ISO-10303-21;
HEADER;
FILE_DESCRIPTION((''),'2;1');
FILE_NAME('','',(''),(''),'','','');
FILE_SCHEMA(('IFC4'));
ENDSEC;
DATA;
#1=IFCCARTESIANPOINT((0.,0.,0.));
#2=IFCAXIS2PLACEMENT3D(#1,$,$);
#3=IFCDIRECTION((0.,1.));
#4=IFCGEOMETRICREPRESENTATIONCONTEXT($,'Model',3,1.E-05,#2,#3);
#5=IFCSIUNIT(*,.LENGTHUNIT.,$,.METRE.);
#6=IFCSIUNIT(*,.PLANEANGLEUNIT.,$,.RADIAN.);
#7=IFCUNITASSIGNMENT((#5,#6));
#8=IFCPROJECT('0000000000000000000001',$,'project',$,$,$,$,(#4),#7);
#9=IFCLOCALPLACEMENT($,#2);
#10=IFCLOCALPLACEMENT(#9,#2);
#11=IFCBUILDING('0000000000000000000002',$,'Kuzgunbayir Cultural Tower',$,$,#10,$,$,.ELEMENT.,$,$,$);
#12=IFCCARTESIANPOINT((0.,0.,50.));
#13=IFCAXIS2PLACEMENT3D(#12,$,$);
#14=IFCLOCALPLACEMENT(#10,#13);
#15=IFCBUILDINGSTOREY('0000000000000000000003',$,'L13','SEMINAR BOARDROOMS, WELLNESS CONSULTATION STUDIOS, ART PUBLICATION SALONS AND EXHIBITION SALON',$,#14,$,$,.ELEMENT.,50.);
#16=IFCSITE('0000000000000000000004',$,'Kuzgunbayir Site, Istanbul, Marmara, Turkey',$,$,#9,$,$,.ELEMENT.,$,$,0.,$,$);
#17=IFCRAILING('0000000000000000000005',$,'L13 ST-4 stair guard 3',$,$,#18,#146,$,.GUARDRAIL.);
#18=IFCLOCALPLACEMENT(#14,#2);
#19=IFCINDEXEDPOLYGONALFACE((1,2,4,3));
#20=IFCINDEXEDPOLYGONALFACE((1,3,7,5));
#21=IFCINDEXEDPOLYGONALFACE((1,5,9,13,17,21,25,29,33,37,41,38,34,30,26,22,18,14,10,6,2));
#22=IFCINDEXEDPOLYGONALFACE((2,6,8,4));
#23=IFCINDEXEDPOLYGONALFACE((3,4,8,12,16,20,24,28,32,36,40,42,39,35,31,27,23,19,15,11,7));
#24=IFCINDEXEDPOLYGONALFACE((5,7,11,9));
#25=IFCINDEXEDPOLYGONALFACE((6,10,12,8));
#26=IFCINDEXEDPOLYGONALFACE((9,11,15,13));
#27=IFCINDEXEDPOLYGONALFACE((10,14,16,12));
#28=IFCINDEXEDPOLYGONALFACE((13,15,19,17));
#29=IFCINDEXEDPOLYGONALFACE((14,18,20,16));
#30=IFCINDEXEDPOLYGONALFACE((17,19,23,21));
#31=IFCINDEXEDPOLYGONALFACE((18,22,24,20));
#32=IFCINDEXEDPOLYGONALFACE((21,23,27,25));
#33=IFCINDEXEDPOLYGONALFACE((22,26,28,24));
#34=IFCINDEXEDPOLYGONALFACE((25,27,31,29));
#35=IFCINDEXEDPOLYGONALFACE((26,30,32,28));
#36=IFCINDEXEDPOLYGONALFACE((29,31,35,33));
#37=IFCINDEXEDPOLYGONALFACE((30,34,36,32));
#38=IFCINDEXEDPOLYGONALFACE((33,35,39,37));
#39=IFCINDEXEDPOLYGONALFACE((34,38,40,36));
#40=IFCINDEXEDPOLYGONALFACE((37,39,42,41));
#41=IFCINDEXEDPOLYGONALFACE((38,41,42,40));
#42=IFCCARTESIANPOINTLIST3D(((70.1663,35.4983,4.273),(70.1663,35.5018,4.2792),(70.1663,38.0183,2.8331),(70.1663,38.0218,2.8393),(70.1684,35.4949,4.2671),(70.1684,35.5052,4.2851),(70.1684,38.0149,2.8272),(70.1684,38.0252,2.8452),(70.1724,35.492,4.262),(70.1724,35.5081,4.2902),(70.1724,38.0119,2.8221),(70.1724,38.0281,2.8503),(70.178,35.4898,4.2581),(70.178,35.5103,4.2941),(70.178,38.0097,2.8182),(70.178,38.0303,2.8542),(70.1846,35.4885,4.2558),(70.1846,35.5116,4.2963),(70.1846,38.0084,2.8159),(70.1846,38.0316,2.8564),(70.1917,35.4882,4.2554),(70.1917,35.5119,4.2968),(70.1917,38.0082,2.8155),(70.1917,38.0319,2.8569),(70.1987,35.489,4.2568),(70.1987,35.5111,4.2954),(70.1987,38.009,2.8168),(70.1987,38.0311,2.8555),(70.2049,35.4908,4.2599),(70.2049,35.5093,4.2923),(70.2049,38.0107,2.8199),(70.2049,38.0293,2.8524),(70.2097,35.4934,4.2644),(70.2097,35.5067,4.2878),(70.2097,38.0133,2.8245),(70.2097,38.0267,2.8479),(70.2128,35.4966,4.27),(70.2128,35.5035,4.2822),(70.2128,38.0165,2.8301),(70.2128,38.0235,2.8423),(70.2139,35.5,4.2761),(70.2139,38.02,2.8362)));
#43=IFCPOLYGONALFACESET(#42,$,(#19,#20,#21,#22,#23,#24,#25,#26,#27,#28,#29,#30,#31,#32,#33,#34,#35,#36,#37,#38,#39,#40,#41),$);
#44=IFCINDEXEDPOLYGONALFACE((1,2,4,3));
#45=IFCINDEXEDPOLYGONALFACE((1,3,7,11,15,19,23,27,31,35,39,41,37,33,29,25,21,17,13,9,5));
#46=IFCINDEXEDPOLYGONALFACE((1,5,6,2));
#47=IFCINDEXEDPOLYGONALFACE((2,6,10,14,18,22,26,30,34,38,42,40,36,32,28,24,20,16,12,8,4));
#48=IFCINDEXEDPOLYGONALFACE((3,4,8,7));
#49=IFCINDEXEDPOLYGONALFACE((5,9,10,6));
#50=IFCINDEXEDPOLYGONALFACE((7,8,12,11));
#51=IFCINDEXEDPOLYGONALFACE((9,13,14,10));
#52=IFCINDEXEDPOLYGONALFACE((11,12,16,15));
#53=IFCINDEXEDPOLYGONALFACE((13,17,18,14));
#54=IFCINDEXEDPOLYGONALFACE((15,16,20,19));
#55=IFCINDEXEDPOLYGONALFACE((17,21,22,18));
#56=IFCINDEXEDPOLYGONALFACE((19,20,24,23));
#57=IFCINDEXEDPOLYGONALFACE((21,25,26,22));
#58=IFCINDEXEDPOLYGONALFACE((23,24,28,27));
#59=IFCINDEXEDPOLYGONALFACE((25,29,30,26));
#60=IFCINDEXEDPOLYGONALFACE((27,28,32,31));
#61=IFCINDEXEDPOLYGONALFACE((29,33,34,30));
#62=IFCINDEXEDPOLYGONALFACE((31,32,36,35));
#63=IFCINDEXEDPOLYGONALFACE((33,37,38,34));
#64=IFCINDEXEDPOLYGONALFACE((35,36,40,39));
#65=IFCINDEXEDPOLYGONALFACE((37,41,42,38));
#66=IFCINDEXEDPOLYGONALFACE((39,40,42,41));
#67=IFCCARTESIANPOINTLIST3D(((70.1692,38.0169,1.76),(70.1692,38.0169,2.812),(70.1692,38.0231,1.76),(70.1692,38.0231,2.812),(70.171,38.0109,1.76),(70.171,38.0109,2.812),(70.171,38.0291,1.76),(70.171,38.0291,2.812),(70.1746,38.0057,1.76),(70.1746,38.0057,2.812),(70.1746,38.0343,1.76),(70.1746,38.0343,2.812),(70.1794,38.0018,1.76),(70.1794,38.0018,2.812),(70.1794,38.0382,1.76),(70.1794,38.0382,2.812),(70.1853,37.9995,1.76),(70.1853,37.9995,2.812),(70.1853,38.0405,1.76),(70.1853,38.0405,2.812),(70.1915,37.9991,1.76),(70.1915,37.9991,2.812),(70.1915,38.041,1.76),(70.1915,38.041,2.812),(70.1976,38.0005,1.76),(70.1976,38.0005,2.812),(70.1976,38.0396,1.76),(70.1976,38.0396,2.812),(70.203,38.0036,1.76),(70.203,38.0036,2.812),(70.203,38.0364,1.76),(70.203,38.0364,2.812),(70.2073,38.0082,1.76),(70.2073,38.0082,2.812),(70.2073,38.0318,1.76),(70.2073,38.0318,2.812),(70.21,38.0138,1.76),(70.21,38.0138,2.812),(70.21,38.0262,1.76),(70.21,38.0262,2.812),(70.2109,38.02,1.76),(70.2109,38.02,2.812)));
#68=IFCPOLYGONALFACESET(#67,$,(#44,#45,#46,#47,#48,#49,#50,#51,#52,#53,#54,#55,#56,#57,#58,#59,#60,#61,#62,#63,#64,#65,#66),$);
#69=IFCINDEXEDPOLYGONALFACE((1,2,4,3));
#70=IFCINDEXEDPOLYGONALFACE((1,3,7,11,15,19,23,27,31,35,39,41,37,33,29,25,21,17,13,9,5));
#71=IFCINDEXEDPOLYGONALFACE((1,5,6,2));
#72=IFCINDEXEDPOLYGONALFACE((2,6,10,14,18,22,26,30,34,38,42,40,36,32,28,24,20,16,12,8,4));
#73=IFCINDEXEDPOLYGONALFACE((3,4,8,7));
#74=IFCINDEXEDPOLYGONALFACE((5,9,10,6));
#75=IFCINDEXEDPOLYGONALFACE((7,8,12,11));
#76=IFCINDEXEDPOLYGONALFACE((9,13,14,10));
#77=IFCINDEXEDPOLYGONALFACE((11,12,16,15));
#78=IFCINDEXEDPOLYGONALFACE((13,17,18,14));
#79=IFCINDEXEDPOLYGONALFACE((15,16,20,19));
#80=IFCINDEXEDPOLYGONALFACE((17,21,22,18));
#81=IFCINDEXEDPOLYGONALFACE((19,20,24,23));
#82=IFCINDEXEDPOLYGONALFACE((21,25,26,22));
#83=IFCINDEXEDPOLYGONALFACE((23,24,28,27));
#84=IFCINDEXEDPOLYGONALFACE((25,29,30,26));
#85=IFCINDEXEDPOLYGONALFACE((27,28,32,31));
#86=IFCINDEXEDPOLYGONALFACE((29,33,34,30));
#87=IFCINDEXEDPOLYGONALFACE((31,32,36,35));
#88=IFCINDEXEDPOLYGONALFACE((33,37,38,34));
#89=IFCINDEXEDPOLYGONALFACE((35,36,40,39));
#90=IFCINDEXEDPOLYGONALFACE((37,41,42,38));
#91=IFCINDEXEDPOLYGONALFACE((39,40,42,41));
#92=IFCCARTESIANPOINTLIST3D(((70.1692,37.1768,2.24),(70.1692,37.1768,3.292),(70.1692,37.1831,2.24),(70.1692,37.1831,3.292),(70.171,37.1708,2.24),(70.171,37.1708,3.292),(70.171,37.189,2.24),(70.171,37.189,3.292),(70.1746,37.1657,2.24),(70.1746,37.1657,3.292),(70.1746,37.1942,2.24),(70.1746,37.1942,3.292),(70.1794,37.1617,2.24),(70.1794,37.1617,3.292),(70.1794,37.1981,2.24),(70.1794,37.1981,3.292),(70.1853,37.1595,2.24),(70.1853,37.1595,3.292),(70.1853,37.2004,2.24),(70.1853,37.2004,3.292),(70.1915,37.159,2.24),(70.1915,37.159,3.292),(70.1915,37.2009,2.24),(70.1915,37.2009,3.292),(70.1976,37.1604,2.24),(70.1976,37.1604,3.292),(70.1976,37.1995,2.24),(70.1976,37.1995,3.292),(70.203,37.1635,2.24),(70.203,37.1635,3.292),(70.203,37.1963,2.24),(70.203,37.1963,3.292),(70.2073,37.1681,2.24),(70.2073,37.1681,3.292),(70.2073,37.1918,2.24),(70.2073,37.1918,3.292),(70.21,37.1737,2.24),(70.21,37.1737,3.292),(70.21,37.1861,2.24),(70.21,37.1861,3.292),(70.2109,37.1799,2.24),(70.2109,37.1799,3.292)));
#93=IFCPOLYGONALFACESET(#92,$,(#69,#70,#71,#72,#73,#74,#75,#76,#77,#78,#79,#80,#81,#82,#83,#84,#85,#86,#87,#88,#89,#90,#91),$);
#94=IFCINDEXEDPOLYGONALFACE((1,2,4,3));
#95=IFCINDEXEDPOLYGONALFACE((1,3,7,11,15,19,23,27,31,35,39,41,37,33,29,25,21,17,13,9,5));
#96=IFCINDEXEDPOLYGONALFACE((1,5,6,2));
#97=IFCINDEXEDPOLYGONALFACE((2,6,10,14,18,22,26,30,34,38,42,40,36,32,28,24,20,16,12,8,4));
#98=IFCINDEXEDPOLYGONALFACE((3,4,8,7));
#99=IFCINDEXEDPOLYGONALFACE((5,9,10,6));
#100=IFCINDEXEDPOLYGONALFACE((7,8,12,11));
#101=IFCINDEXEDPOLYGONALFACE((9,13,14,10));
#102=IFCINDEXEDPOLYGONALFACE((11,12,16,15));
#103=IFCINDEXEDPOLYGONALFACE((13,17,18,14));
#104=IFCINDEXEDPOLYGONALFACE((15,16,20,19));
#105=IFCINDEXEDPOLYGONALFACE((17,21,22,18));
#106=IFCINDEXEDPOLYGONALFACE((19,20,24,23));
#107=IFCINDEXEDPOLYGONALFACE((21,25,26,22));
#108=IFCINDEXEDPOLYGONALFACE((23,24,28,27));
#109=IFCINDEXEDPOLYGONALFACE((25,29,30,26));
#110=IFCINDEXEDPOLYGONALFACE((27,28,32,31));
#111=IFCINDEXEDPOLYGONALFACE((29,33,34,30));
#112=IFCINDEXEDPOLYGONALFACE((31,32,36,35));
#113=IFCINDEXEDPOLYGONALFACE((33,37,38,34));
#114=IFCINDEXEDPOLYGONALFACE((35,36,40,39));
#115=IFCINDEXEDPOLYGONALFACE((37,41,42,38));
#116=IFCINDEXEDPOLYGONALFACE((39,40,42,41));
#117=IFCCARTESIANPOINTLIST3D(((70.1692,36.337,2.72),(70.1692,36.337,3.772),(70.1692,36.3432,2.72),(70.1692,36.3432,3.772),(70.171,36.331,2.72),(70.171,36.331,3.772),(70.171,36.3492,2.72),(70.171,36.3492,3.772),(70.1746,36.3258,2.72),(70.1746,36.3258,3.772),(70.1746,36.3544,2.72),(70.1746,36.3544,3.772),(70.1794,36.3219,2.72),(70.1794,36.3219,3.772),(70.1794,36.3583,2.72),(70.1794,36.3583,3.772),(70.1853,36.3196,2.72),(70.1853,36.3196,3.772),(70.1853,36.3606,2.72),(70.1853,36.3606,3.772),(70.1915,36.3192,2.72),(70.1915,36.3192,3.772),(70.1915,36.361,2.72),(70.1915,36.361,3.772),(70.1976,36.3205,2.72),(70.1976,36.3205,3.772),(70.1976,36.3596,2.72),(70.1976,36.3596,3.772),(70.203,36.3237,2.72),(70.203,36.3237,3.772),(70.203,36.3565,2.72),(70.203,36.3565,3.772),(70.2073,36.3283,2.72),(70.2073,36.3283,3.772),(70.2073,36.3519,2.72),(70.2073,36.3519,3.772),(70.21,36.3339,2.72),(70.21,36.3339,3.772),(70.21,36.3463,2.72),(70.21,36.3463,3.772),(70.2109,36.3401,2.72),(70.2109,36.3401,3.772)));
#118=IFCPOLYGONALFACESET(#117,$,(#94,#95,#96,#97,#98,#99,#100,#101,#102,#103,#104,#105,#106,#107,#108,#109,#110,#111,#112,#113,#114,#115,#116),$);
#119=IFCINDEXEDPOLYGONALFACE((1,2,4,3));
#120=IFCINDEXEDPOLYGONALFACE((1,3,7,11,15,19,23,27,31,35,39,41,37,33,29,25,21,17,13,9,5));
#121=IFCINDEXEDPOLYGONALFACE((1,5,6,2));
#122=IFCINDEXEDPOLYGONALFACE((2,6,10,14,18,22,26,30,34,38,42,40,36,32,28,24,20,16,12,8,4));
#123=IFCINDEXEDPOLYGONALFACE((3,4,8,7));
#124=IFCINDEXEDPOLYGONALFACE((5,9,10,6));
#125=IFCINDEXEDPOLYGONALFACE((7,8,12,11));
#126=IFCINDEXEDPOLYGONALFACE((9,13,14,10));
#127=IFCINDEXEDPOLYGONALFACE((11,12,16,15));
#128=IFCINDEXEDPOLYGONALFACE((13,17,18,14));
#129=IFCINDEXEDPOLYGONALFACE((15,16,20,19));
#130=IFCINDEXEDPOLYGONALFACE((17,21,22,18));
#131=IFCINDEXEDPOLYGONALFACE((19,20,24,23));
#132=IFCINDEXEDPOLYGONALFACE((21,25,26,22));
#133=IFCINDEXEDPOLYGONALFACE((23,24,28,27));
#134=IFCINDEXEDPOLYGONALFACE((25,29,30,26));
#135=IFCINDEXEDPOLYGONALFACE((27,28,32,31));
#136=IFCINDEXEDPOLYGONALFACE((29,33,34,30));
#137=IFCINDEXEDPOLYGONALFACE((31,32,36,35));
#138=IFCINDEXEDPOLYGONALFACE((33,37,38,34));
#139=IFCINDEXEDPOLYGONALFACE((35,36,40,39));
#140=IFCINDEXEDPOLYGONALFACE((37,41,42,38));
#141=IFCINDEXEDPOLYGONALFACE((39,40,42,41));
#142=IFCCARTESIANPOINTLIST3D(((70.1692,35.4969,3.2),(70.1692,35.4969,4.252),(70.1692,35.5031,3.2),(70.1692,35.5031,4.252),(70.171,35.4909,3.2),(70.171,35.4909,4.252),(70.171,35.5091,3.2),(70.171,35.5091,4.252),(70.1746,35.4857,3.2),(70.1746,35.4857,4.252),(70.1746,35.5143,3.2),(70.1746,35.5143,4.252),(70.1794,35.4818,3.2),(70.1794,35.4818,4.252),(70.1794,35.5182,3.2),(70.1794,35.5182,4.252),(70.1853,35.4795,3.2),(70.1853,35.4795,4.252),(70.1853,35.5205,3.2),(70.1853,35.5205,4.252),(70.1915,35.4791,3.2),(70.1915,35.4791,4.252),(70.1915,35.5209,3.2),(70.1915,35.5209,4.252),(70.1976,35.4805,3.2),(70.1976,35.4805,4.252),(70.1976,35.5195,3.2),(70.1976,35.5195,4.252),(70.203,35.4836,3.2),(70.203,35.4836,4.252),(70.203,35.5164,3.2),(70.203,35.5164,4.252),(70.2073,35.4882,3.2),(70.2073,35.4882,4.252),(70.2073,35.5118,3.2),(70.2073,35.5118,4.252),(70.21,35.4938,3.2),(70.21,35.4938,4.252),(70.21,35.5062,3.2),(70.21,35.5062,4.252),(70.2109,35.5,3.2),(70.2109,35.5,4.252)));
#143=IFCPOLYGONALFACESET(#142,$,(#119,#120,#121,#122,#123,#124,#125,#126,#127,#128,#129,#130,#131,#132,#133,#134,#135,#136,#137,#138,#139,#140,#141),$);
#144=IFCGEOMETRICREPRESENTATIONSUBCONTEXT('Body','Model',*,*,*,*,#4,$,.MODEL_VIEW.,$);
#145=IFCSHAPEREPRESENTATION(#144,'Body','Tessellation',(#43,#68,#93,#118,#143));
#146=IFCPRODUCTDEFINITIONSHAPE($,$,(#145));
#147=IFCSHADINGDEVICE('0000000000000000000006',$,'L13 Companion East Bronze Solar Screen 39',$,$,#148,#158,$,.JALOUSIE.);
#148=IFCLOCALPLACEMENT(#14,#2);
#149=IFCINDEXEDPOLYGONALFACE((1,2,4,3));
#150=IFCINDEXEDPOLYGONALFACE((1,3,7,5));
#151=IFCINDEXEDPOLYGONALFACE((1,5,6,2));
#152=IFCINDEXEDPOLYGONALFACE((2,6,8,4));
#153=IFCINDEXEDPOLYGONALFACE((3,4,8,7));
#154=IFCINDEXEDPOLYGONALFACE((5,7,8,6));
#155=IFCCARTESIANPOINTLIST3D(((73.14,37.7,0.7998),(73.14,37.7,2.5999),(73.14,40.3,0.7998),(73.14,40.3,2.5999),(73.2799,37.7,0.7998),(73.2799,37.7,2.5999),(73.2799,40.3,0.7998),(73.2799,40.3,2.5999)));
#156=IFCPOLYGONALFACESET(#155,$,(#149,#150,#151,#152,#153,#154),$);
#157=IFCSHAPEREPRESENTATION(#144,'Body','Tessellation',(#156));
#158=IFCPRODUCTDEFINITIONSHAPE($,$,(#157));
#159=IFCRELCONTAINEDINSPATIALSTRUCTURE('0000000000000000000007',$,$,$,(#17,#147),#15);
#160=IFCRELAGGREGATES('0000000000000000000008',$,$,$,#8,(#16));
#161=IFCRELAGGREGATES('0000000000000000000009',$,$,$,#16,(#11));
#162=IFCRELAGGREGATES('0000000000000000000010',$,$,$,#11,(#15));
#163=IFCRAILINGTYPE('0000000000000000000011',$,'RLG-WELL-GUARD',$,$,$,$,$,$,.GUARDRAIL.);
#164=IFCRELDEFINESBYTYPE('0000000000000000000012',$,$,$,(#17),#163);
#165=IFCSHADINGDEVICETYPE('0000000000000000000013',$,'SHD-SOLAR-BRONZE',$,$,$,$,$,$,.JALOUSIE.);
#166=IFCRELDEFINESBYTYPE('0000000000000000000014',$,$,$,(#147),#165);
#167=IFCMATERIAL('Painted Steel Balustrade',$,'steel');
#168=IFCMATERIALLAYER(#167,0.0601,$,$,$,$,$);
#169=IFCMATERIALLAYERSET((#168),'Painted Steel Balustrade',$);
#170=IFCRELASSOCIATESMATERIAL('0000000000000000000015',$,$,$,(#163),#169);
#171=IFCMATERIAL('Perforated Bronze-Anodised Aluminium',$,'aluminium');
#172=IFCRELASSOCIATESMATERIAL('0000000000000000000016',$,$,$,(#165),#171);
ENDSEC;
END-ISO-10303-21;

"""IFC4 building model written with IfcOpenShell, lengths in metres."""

from ifc_helpers import new_model, si_unit, direction, frame, origin, origin_2d, place, context, subcontext, project, spatial, rectangle, circle, extrude, material, layer, layer_set, type_object, element, save


model = new_model("IFC4")

# Units and contexts
model_context = context("Model", 3, precision=1e-05, world=origin(), true_north=direction((0.0, 1.0)))
body_context = subcontext(model_context, "Body", "Model", "MODEL_VIEW")
ifc_project = project(units=[si_unit("LENGTHUNIT", "METRE"), si_unit("PLANEANGLEUNIT", "RADIAN")], contexts=[model_context])

# Site, building, storey
site_placement = place(None, origin())
site = spatial("IfcSite", under=ifc_project, at=site_placement, Name="Kuzgunbayir Site, Istanbul, Marmara, Turkey", CompositionType="ELEMENT", RefElevation=0.0)
building_placement = place(site_placement, origin())
building = spatial("IfcBuilding", under=site, at=building_placement, Name="Kuzgunbayir Cultural Tower", CompositionType="ELEMENT")
storey_placement = place(building_placement, frame((0.0, 0.0, 50.0)))
storey = spatial("IfcBuildingStorey", under=building, at=storey_placement, Name="L13", Description="SEMINAR BOARDROOMS, WELLNESS CONSULTATION STUDIOS, ART PUBLICATION SALONS AND EXHIBITION SALON", CompositionType="ELEMENT", Elevation=50.0)

# Railing
ifc_material_1 = material(Name="Painted Steel Balustrade", Category="steel")
ifc_layer_1 = layer(ifc_material_1, 0.0601)
ifc_layer_set_1 = layer_set([ifc_layer_1], Name="Painted Steel Balustrade")
railing_type_1 = type_object("IfcRailingType", Name="RLG-WELL-GUARD", PredefinedType="GUARDRAIL", material=ifc_layer_set_1)
railing_1_placement = place(storey_placement, frame((70.1899, 38.02, 1.76)))
element("IfcRailing", 1, at=railing_1_placement, inside=storey, type_object=railing_type_1, Name="L13 ST-4 stair guard 3", PredefinedType="GUARDRAIL", context=body_context, shape_type="SweptSolid", body=[
    extrude(circle(Radius=0.0239, at=origin_2d()), frame((0.0, 0.0, 1.0762), z_axis=(0.0, -0.868253, 0.496121), x_axis=(1.0, 0.0, 0.0)), (0.0, 0.0, 1.0), 2.9023),
    extrude(circle(Radius=0.021, at=origin_2d()), origin(), (0.0, 0.0, 1.0), 1.052),
    extrude(circle(Radius=0.021, at=origin_2d()), frame((0.0, -0.8401, 0.48)), (0.0, 0.0, 1.0), 1.052),
    extrude(circle(Radius=0.021, at=origin_2d()), frame((0.0, -1.6799, 0.96)), (0.0, 0.0, 1.0), 1.052),
    extrude(circle(Radius=0.021, at=origin_2d()), frame((0.0, -2.52, 1.4399)), (0.0, 0.0, 1.0), 1.052),
])

# Shading device
ifc_material_2 = material(Name="Perforated Bronze-Anodised Aluminium", Category="aluminium")
shading_device_type = type_object("IfcShadingDeviceType", Name="SHD-SOLAR-BRONZE", PredefinedType="JALOUSIE", material=ifc_material_2)
shading_device_placement = place(storey_placement, frame((73.21, 39.0, 0.7998), z_axis=(0.0, 0.0, 1.0), x_axis=(1.0, 0.0, 0.0)))
element("IfcShadingDevice", 2, at=shading_device_placement, inside=storey, type_object=shading_device_type, Name="L13 Companion East Bronze Solar Screen 39", PredefinedType="JALOUSIE", context=body_context, shape_type="SweptSolid", body=[
    extrude(rectangle(XDim=0.1399, YDim=2.6001, at=origin_2d()), origin(), (0.0, 0.0, 1.0), 1.8),
])

save(model, "model.ifc")
